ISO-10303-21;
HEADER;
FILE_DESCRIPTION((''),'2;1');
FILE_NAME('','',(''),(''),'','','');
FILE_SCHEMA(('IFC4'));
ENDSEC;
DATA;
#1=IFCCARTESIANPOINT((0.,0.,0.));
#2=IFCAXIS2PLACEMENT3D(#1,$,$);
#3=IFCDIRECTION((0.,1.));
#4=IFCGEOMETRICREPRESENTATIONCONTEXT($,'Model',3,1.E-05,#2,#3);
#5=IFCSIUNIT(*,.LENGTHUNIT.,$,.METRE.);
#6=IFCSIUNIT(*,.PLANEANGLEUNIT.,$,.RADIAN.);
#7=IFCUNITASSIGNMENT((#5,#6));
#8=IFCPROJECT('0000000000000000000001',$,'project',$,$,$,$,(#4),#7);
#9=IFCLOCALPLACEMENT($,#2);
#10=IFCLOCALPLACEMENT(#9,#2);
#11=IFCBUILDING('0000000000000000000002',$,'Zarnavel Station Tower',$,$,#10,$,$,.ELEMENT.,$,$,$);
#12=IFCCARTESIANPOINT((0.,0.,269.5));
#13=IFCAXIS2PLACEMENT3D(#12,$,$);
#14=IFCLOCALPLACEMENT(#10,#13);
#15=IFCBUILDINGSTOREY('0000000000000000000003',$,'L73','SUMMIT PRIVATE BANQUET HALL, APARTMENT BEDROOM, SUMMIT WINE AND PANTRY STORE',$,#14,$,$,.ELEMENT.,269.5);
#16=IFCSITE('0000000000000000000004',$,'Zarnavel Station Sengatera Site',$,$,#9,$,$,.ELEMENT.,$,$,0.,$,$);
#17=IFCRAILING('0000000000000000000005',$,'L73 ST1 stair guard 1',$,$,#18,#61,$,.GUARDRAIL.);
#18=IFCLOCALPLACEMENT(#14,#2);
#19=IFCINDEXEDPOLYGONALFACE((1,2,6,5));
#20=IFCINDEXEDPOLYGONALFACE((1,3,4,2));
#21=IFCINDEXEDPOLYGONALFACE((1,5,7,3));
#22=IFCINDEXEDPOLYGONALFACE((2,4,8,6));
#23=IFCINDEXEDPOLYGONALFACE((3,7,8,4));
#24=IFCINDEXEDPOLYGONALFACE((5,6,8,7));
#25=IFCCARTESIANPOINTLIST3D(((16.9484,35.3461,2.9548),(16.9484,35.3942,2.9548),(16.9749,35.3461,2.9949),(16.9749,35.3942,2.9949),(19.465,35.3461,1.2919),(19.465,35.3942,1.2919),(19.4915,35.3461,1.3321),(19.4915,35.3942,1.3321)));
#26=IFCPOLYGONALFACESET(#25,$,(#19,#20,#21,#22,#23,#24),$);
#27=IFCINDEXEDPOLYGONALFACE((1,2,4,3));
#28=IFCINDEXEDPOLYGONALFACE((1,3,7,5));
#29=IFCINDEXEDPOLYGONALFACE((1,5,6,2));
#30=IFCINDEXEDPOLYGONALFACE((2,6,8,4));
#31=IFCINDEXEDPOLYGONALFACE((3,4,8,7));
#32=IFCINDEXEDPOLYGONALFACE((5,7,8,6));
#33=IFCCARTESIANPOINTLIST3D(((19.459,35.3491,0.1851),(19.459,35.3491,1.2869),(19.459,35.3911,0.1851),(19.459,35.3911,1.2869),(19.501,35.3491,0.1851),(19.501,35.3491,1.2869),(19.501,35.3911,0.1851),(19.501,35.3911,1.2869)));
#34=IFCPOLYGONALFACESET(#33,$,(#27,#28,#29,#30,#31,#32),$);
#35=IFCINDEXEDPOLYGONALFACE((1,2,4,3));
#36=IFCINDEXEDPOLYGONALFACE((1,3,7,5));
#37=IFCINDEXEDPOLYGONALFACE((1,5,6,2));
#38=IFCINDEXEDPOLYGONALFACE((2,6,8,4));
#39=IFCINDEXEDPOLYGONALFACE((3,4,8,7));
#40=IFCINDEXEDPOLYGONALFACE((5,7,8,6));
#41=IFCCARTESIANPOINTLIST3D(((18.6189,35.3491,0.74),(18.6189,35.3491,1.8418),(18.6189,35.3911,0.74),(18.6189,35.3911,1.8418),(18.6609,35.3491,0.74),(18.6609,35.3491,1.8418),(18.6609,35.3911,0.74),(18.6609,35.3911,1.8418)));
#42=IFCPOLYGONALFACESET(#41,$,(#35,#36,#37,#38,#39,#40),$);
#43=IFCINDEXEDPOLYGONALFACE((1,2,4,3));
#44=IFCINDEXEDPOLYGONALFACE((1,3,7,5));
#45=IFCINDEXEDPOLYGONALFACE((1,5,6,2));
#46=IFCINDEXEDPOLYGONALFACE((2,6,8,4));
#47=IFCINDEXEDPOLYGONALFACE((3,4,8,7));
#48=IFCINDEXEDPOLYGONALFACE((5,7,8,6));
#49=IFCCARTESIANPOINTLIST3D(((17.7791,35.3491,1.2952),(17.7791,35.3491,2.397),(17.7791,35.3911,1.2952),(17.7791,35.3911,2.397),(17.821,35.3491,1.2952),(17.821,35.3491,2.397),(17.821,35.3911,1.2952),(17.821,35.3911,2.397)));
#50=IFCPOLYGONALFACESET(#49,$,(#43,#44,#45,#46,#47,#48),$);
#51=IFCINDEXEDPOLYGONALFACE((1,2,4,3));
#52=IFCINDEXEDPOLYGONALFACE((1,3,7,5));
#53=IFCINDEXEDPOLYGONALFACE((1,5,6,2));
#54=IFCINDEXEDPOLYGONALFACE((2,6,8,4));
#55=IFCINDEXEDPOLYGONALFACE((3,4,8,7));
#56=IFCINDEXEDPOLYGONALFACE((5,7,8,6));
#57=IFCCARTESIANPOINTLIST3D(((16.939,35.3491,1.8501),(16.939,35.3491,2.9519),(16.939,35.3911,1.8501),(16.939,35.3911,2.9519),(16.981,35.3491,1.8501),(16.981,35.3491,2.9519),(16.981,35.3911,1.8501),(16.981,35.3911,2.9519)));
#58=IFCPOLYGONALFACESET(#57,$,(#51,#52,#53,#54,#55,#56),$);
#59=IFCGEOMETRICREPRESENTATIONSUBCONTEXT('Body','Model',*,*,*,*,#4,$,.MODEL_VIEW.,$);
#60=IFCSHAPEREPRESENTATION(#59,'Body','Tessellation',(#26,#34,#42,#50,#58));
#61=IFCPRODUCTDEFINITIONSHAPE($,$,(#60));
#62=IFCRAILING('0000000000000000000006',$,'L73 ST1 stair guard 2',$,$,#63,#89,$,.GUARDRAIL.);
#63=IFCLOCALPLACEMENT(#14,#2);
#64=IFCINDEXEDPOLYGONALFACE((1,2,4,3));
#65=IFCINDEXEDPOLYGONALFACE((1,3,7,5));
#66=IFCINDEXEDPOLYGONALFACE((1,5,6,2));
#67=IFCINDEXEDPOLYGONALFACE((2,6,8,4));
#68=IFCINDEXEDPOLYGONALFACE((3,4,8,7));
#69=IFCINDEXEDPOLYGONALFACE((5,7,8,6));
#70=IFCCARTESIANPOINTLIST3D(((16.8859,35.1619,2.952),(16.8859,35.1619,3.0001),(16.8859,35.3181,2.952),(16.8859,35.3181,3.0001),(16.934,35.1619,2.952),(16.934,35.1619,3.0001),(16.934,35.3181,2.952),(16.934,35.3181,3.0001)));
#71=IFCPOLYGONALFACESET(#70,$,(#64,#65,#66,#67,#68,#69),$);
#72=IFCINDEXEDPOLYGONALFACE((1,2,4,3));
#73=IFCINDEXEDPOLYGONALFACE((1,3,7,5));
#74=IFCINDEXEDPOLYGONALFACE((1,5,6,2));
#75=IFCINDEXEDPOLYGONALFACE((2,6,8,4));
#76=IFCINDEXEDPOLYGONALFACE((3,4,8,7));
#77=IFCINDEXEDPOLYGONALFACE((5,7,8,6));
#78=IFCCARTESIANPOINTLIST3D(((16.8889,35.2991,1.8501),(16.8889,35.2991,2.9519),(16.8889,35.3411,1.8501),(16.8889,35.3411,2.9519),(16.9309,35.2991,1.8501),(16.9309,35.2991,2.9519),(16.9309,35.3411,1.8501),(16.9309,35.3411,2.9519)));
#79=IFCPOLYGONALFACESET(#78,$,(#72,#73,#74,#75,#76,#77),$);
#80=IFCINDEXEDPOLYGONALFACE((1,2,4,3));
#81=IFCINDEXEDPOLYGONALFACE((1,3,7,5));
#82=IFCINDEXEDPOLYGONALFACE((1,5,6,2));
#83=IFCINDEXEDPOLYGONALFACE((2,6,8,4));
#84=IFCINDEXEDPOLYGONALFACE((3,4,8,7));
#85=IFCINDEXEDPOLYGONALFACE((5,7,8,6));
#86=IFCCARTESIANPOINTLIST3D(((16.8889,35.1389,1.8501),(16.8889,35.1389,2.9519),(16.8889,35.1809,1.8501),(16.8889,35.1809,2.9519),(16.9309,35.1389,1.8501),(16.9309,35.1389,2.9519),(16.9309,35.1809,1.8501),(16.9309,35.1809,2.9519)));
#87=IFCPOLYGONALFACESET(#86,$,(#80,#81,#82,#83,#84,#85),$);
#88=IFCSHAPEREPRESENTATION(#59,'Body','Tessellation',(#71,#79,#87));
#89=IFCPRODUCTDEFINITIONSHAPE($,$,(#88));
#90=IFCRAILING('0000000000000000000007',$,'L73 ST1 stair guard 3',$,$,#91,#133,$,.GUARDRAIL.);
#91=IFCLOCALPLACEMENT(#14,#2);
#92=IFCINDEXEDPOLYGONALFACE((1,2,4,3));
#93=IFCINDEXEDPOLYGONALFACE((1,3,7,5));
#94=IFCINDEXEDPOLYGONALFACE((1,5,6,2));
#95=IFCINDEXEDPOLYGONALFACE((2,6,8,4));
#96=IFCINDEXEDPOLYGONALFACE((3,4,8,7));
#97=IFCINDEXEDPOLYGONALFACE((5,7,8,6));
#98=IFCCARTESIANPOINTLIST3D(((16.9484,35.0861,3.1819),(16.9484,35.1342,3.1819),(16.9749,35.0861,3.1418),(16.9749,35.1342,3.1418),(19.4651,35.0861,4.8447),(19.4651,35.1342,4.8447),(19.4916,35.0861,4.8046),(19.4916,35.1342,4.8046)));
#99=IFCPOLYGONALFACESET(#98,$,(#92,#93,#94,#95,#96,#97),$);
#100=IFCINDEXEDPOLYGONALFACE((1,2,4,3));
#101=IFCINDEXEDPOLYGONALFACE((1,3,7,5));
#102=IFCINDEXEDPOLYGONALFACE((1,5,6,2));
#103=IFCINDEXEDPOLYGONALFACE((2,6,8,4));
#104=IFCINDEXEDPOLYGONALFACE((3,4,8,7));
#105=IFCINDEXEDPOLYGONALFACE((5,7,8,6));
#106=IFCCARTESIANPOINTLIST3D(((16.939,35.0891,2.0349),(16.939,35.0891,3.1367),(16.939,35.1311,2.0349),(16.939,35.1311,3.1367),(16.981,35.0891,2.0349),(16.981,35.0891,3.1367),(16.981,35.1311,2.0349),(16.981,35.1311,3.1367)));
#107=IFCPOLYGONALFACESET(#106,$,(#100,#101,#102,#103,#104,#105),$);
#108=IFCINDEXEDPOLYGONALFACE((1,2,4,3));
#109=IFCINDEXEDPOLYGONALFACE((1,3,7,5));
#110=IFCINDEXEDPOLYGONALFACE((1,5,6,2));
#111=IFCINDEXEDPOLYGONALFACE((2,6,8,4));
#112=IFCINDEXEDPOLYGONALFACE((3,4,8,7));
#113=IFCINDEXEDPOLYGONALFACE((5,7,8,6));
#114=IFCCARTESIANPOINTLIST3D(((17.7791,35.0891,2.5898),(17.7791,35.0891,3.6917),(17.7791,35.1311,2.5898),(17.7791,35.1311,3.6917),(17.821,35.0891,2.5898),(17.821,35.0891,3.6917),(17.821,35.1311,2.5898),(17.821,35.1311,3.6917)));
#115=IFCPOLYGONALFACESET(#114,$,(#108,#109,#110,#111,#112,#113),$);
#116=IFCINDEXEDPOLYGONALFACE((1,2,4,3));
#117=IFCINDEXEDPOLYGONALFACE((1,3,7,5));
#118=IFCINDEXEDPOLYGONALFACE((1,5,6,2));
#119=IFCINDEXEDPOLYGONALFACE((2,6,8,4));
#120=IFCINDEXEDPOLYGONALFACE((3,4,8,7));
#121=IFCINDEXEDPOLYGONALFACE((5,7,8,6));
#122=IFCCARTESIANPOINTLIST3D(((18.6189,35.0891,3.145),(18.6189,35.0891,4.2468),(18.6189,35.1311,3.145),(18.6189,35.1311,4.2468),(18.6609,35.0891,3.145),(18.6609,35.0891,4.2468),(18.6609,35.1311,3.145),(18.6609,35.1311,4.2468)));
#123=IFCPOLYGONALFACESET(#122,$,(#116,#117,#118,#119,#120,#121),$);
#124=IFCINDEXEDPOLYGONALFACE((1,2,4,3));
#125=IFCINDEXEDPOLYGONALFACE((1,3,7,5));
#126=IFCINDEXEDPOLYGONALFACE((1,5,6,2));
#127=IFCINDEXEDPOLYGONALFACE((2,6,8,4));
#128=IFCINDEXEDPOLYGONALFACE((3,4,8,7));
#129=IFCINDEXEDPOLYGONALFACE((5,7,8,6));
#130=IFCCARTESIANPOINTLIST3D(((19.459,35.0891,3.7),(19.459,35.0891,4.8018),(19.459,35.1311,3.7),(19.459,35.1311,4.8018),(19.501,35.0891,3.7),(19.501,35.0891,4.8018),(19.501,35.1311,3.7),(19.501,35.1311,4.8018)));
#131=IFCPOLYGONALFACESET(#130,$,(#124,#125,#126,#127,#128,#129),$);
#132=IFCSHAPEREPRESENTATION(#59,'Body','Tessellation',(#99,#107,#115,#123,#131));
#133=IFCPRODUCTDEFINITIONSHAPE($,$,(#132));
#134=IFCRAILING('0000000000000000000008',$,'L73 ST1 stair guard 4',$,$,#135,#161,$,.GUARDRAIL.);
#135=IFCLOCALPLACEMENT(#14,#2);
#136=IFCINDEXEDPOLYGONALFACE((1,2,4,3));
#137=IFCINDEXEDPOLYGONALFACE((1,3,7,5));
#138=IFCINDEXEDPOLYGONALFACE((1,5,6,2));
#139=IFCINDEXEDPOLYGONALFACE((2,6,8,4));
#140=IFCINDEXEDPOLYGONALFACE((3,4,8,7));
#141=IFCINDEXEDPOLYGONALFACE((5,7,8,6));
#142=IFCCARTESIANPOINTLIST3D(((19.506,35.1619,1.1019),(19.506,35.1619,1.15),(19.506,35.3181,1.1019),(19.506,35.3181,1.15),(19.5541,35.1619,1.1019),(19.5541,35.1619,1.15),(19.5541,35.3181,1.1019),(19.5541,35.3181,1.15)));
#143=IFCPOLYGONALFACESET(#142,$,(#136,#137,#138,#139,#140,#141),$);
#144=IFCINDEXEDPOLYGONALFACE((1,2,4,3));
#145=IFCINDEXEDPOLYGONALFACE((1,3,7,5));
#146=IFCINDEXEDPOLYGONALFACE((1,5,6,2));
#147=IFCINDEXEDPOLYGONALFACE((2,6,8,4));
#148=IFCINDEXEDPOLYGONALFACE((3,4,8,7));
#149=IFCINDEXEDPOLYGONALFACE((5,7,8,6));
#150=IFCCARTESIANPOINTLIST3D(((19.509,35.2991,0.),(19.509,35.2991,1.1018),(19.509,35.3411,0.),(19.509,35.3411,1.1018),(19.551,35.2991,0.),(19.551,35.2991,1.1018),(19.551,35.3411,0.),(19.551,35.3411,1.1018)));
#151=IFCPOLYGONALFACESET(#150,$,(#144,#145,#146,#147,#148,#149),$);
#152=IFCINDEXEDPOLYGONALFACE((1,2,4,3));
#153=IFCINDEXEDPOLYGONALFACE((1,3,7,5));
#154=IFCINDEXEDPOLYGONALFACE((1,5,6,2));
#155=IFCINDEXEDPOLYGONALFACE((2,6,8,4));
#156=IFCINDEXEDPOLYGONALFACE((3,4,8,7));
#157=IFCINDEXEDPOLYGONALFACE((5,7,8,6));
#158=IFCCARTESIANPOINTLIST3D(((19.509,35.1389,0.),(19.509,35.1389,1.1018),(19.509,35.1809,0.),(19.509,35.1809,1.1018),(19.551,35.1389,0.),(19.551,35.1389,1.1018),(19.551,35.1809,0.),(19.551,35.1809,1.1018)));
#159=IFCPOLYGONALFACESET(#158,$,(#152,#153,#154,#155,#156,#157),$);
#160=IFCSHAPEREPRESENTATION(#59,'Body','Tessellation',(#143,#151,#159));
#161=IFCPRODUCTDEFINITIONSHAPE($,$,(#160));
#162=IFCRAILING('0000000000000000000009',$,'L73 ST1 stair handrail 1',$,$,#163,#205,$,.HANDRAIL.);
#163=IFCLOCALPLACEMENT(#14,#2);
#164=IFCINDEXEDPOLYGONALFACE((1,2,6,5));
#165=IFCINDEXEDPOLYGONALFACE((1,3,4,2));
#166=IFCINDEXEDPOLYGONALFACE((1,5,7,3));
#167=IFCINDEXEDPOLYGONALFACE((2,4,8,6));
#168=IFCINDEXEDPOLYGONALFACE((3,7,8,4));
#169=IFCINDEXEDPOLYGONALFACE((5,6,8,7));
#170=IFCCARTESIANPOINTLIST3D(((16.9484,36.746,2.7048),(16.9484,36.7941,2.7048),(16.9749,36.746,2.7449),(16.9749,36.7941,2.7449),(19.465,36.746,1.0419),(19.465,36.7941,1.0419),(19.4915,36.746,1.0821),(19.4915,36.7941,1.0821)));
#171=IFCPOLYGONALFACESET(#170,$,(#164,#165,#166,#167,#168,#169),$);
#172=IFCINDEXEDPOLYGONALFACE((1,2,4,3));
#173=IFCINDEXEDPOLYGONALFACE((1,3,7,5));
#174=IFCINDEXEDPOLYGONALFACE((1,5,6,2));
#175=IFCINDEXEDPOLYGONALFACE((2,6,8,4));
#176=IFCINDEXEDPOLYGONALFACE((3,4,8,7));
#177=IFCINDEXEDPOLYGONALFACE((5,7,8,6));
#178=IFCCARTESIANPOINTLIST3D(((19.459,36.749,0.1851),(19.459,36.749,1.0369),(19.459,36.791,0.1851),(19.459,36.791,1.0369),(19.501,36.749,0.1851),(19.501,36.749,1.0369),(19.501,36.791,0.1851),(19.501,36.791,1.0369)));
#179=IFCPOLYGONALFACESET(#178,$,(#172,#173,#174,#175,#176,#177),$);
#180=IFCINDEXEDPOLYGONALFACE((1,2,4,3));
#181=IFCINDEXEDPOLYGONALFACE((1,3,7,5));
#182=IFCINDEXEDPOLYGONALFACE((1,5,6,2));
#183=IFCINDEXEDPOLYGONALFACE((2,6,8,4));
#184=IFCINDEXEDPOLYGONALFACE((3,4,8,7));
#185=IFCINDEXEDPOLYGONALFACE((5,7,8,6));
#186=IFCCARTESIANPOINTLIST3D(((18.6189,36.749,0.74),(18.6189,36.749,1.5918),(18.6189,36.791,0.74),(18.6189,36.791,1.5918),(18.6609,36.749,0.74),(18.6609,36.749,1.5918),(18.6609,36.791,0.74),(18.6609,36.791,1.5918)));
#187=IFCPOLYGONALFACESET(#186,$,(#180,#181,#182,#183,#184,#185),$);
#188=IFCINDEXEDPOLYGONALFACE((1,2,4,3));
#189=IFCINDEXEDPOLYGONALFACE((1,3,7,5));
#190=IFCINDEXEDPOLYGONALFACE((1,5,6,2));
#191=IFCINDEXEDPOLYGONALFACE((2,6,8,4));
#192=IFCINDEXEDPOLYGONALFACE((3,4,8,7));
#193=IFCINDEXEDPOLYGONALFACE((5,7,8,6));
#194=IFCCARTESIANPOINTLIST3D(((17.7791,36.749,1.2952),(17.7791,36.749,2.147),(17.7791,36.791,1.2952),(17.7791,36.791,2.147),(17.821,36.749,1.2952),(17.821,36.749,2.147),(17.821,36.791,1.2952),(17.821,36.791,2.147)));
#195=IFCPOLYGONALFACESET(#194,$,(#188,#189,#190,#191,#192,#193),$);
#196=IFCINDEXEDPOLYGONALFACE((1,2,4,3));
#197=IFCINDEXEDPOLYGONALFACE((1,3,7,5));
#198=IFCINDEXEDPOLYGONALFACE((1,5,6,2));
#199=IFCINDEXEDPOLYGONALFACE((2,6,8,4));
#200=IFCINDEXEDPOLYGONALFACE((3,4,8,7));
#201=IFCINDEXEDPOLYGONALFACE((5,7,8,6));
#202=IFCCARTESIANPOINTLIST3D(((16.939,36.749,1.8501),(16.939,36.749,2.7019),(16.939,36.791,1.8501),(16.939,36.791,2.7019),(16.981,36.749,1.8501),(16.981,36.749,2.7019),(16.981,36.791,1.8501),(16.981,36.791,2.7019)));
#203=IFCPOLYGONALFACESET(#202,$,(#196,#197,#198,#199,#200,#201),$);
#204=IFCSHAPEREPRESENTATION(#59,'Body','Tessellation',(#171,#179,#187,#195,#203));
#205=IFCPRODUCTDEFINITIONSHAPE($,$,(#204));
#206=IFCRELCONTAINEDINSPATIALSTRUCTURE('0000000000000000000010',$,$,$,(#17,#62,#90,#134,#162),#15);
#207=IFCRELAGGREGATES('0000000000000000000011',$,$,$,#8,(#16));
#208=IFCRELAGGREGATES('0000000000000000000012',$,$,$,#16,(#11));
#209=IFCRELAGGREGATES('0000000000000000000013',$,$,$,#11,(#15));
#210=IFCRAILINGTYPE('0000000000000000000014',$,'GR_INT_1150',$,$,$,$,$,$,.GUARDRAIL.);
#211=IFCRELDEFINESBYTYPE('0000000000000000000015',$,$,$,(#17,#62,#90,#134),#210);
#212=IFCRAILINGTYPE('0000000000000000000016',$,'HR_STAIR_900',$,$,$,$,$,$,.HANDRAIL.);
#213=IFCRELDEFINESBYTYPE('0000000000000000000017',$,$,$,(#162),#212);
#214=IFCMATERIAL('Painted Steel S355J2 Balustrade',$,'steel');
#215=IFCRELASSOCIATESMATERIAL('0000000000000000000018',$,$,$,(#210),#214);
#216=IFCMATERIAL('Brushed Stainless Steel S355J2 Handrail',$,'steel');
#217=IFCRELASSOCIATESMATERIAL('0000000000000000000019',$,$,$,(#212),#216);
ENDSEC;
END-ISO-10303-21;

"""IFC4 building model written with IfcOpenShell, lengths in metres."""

from ifc_helpers import new_model, si_unit, direction, frame, origin, origin_2d, place, context, subcontext, project, spatial, rectangle, extrude, material, type_object, element, save


model = new_model("IFC4")

# Units and contexts
model_context = context("Model", 3, precision=1e-05, world=origin(), true_north=direction((0.0, 1.0)))
body_context = subcontext(model_context, "Body", "Model", "MODEL_VIEW")
ifc_project = project(units=[si_unit("LENGTHUNIT", "METRE"), si_unit("PLANEANGLEUNIT", "RADIAN")], contexts=[model_context])

# Site, building, storey
site_placement = place(None, origin())
site = spatial("IfcSite", under=ifc_project, at=site_placement, Name="Zarnavel Station Sengatera Site", CompositionType="ELEMENT", RefElevation=0.0)
building_placement = place(site_placement, origin())
building = spatial("IfcBuilding", under=site, at=building_placement, Name="Zarnavel Station Tower", CompositionType="ELEMENT")
storey_placement = place(building_placement, frame((0.0, 0.0, 269.5)))
storey = spatial("IfcBuildingStorey", under=building, at=storey_placement, Name="L73", Description="SUMMIT PRIVATE BANQUET HALL, APARTMENT BEDROOM, SUMMIT WINE AND PANTRY STORE", CompositionType="ELEMENT", Elevation=269.5)

# Railings
ifc_material_1 = material(Name="Painted Steel S355J2 Balustrade", Category="steel")
railing_type_1 = type_object("IfcRailingType", Name="GR_INT_1150", PredefinedType="GUARDRAIL", material=ifc_material_1)
railing_1_placement = place(storey_placement, frame((19.48, 35.3701, 0.1851)))
element("IfcRailing", 1, at=railing_1_placement, inside=storey, type_object=railing_type_1, Name="L73 ST1 stair guard 1", PredefinedType="GUARDRAIL", context=body_context, shape_type="SweptSolid", body=[
    extrude(rectangle(XDim=0.0481, YDim=0.0481, at=origin_2d()), frame((-0.0017, 0.0, 1.127), z_axis=(-0.834331, 0.0, 0.551263), x_axis=(0.0, -1.0, 0.0)), (0.0, 0.0, 1.0), 3.0164),
    extrude(rectangle(XDim=0.042, YDim=0.042, at=origin_2d()), origin(), (0.0, 0.0, 1.0), 1.1018),
    extrude(rectangle(XDim=0.042, YDim=0.042, at=origin_2d()), frame((-0.8401, 0.0, 0.5549)), (0.0, 0.0, 1.0), 1.1018),
    extrude(rectangle(XDim=0.042, YDim=0.042, at=origin_2d()), frame((-1.6799, 0.0, 1.1101)), (0.0, 0.0, 1.0), 1.1018),
    extrude(rectangle(XDim=0.042, YDim=0.042, at=origin_2d()), frame((-2.52, 0.0, 1.665)), (0.0, 0.0, 1.0), 1.1018),
])
railing_2_placement = place(storey_placement, frame((16.9099, 35.3201, 1.8501)))
element("IfcRailing", 2, at=railing_2_placement, inside=storey, type_object=railing_type_1, Name="L73 ST1 stair guard 2", PredefinedType="GUARDRAIL", context=body_context, shape_type="SweptSolid", body=[
    extrude(rectangle(XDim=0.0481, YDim=0.0481, at=origin_2d()), frame((0.0, -0.002, 1.126), z_axis=(0.0, -1.0, 0.0), x_axis=(1.0, 0.0, 0.0)), (0.0, 0.0, 1.0), 0.1562),
    extrude(rectangle(XDim=0.042, YDim=0.042, at=origin_2d()), origin(), (0.0, 0.0, 1.0), 1.1018),
    extrude(rectangle(XDim=0.042, YDim=0.042, at=origin_2d()), frame((0.0, -0.1602, 0.0)), (0.0, 0.0, 1.0), 1.1018),
])
railing_3_placement = place(storey_placement, frame((16.96, 35.1101, 2.0349)))
element("IfcRailing", 3, at=railing_3_placement, inside=storey, type_object=railing_type_1, Name="L73 ST1 stair guard 3", PredefinedType="GUARDRAIL", context=body_context, shape_type="SweptSolid", body=[
    extrude(rectangle(XDim=0.0481, YDim=0.0481, at=origin_2d()), frame((0.0017, 0.0, 1.127), z_axis=(0.834331, 0.0, 0.551263), x_axis=(0.0, 1.0, 0.0)), (0.0, 0.0, 1.0), 3.0164),
    extrude(rectangle(XDim=0.042, YDim=0.042, at=origin_2d()), origin(), (0.0, 0.0, 1.0), 1.1018),
    extrude(rectangle(XDim=0.042, YDim=0.042, at=origin_2d()), frame((0.8401, 0.0, 0.5549)), (0.0, 0.0, 1.0), 1.1018),
    extrude(rectangle(XDim=0.042, YDim=0.042, at=origin_2d()), frame((1.6799, 0.0, 1.1101)), (0.0, 0.0, 1.0), 1.1018),
    extrude(rectangle(XDim=0.042, YDim=0.042, at=origin_2d()), frame((2.52, 0.0, 1.665)), (0.0, 0.0, 1.0), 1.1018),
])
railing_4_placement = place(storey_placement, frame((19.53, 35.3201, 0.0)))
element("IfcRailing", 4, at=railing_4_placement, inside=storey, type_object=railing_type_1, Name="L73 ST1 stair guard 4", PredefinedType="GUARDRAIL", context=body_context, shape_type="SweptSolid", body=[
    extrude(rectangle(XDim=0.0481, YDim=0.0481, at=origin_2d()), frame((0.0, -0.002, 1.126), z_axis=(0.0, -1.0, 0.0), x_axis=(1.0, 0.0, 0.0)), (0.0, 0.0, 1.0), 0.1562),
    extrude(rectangle(XDim=0.042, YDim=0.042, at=origin_2d()), origin(), (0.0, 0.0, 1.0), 1.1018),
    extrude(rectangle(XDim=0.042, YDim=0.042, at=origin_2d()), frame((0.0, -0.1602, 0.0)), (0.0, 0.0, 1.0), 1.1018),
])
ifc_material_2 = material(Name="Brushed Stainless Steel S355J2 Handrail", Category="steel")
railing_type_2 = type_object("IfcRailingType", Name="HR_STAIR_900", PredefinedType="HANDRAIL", material=ifc_material_2)
railing_5_placement = place(storey_placement, frame((19.48, 36.77, 0.1851)))
element("IfcRailing", 5, at=railing_5_placement, inside=storey, type_object=railing_type_2, Name="L73 ST1 stair handrail 1", PredefinedType="HANDRAIL", context=body_context, shape_type="SweptSolid", body=[
    extrude(rectangle(XDim=0.0481, YDim=0.0481, at=origin_2d()), frame((-0.0017, 0.0, 0.877), z_axis=(-0.834331, 0.0, 0.551263), x_axis=(0.0, -1.0, 0.0)), (0.0, 0.0, 1.0), 3.0164),
    extrude(rectangle(XDim=0.042, YDim=0.042, at=origin_2d()), origin(), (0.0, 0.0, 1.0), 0.8518),
    extrude(rectangle(XDim=0.042, YDim=0.042, at=origin_2d()), frame((-0.8401, 0.0, 0.5549)), (0.0, 0.0, 1.0), 0.8518),
    extrude(rectangle(XDim=0.042, YDim=0.042, at=origin_2d()), frame((-1.6799, 0.0, 1.1101)), (0.0, 0.0, 1.0), 0.8518),
    extrude(rectangle(XDim=0.042, YDim=0.042, at=origin_2d()), frame((-2.52, 0.0, 1.665)), (0.0, 0.0, 1.0), 0.8518),
])

save(model, "model.ifc")
